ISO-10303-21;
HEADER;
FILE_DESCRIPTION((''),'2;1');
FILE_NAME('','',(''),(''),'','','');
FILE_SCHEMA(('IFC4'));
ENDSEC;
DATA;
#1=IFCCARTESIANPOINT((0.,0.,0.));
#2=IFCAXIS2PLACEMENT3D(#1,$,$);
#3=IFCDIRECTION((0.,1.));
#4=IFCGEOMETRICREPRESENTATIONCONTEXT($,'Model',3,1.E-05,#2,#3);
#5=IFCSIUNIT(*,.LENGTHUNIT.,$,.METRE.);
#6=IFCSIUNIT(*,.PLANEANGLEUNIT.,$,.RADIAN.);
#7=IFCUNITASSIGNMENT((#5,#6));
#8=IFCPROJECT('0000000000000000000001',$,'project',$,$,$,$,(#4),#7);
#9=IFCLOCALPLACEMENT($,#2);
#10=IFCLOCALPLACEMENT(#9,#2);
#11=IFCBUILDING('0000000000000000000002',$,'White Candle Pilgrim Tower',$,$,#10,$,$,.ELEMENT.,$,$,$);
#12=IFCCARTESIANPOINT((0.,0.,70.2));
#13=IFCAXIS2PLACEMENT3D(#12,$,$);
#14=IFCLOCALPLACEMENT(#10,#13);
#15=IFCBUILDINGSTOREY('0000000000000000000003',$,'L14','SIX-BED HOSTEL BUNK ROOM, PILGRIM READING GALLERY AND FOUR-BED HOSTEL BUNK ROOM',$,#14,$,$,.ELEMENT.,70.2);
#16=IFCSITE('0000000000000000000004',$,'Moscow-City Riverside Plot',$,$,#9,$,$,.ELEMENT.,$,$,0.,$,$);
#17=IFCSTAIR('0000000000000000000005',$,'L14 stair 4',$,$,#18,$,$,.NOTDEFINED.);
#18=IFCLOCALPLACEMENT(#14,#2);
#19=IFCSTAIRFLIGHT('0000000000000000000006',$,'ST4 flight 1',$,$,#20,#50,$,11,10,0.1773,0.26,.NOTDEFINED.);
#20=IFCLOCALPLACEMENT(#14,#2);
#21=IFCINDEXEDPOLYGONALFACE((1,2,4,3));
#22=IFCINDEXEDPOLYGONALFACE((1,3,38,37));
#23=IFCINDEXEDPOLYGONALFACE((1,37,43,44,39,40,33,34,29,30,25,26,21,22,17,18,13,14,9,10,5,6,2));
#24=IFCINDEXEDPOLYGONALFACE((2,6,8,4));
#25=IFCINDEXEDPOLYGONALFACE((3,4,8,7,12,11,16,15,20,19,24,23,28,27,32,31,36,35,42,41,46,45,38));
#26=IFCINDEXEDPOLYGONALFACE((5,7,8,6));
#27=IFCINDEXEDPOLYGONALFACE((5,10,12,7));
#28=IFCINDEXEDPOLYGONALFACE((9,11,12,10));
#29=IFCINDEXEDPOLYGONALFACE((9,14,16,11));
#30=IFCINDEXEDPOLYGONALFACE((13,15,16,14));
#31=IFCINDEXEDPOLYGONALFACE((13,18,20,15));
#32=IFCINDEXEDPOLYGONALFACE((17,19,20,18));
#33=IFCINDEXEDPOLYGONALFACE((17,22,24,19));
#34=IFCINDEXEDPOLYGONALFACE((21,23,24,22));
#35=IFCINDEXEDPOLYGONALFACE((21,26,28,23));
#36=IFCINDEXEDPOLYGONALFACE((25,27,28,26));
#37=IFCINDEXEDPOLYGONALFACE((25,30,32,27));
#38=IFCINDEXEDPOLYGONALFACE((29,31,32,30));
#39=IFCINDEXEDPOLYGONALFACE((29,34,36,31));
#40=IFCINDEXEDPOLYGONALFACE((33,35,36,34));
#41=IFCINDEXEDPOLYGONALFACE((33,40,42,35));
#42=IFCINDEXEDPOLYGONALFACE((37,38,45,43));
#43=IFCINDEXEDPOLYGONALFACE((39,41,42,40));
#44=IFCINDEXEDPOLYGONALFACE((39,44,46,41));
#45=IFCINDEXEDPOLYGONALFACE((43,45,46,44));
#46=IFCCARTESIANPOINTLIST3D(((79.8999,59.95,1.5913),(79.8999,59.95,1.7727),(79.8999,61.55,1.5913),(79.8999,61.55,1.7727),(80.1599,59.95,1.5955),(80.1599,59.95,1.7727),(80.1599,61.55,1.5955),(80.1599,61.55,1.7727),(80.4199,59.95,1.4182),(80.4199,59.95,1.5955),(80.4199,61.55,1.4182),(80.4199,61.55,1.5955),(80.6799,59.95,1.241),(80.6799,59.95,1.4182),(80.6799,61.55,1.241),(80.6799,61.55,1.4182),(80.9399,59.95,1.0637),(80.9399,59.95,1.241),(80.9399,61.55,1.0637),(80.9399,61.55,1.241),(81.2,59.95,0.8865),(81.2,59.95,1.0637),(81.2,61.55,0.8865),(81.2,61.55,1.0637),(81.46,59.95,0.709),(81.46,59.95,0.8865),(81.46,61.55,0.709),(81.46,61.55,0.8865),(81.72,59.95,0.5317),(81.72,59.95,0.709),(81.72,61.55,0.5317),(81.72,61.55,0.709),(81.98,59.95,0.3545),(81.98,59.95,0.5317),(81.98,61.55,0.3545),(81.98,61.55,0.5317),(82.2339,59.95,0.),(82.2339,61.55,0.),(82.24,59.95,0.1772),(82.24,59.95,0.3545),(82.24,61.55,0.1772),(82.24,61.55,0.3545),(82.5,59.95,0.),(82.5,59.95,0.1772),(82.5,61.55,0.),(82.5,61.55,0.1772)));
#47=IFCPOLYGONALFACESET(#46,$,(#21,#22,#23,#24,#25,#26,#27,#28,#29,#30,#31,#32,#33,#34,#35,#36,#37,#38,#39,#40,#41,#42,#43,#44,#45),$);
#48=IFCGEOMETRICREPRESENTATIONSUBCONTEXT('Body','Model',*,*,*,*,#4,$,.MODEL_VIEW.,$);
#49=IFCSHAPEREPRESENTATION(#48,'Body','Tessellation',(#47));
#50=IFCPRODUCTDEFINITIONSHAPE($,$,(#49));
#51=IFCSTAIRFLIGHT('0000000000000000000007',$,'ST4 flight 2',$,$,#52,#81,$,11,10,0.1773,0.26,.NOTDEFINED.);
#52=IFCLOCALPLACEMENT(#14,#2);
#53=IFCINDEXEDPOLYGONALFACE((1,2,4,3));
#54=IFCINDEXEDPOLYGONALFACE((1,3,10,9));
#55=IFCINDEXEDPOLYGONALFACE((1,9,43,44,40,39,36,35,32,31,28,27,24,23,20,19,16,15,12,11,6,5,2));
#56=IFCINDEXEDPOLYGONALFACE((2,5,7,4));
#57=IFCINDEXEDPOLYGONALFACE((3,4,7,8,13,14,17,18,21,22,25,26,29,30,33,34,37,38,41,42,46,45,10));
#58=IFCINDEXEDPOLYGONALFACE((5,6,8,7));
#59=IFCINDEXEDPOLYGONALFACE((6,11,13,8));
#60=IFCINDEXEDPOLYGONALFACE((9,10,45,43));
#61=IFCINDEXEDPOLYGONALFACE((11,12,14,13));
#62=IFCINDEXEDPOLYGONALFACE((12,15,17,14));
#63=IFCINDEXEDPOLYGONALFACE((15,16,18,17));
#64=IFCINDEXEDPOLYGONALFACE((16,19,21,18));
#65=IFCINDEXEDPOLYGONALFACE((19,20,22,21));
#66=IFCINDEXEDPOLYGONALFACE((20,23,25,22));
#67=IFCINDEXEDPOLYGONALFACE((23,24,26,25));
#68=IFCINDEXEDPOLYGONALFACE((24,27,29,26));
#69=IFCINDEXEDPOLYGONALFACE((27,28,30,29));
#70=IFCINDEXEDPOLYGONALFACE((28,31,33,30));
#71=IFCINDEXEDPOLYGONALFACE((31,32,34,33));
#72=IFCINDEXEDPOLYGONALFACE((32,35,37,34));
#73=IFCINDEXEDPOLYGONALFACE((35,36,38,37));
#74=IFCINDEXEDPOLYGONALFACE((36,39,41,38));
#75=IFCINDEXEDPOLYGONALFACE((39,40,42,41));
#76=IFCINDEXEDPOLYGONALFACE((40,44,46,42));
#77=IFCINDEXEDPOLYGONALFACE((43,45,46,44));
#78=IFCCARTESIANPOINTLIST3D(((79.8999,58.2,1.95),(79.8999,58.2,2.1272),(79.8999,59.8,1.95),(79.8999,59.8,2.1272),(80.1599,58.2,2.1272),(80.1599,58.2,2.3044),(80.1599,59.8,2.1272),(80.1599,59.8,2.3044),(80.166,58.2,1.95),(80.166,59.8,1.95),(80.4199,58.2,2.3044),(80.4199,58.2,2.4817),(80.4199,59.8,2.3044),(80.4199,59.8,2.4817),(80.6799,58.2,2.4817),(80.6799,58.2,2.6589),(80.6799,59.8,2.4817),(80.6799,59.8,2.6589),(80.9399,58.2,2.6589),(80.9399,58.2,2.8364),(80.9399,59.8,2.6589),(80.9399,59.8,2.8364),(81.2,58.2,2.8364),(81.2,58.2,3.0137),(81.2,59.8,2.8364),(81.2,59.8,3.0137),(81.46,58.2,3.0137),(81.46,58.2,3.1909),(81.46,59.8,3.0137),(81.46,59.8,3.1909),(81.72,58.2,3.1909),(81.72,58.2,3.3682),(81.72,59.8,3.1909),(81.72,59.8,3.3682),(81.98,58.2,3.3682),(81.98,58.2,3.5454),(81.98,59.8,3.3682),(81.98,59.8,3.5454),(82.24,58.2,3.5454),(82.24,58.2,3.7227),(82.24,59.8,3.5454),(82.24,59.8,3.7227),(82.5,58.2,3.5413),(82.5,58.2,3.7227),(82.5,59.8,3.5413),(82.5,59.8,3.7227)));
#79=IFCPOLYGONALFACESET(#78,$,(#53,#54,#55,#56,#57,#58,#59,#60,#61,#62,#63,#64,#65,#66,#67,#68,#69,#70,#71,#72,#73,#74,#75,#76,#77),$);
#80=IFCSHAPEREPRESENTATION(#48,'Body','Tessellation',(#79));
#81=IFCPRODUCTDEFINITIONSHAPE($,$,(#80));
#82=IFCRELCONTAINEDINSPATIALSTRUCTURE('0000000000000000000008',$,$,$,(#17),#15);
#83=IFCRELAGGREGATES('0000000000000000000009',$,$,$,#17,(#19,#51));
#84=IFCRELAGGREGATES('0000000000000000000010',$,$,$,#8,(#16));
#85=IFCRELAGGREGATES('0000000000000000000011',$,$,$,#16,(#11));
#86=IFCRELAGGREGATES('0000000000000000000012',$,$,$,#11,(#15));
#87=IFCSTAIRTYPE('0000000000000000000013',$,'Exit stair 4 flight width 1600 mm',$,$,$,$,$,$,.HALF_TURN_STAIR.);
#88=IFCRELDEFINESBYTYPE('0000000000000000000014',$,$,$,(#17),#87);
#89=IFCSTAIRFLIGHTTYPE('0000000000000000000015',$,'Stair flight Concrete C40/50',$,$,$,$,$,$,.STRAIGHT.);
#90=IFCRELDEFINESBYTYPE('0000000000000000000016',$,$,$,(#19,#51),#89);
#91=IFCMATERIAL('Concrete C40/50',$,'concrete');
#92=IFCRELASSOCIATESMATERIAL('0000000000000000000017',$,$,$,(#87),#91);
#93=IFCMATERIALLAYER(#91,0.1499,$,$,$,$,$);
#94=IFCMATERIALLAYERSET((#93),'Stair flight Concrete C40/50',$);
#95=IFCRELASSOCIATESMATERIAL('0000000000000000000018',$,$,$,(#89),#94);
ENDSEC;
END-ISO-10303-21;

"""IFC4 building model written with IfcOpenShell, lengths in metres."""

from ifc_helpers import new_model, si_unit, direction, frame, origin, place, context, subcontext, project, spatial, polyline, outline, extrude, material, layer, layer_set, type_object, element, aggregate, save


model = new_model("IFC4")

# Units and contexts
model_context = context("Model", 3, precision=1e-05, world=origin(), true_north=direction((0.0, 1.0)))
body_context = subcontext(model_context, "Body", "Model", "MODEL_VIEW")
ifc_project = project(units=[si_unit("LENGTHUNIT", "METRE"), si_unit("PLANEANGLEUNIT", "RADIAN")], contexts=[model_context])

# Site, building, storey
site_placement = place(None, origin())
site = spatial("IfcSite", under=ifc_project, at=site_placement, Name="Moscow-City Riverside Plot", CompositionType="ELEMENT", RefElevation=0.0)
building_placement = place(site_placement, origin())
building = spatial("IfcBuilding", under=site, at=building_placement, Name="White Candle Pilgrim Tower", CompositionType="ELEMENT")
storey_placement = place(building_placement, frame((0.0, 0.0, 70.2)))
storey = spatial("IfcBuildingStorey", under=building, at=storey_placement, Name="L14", Description="SIX-BED HOSTEL BUNK ROOM, PILGRIM READING GALLERY AND FOUR-BED HOSTEL BUNK ROOM", CompositionType="ELEMENT", Elevation=70.2)

# Stair, stair flights
ifc_material_1 = material(Name="Concrete C40/50", Category="concrete")
stair_type = type_object("IfcStairType", Name="Exit stair 4 flight width 1600 mm", PredefinedType="HALF_TURN_STAIR", material=ifc_material_1)
stair_placement = place(storey_placement, origin())
stair = element("IfcStair", 1, at=stair_placement, inside=storey, type_object=stair_type, Name="L14 stair 4", PredefinedType="NOTDEFINED")
ifc_layer_1 = layer(ifc_material_1, 0.1499)
ifc_layer_set_1 = layer_set([ifc_layer_1], Name="Stair flight Concrete C40/50")
stair_flight_type = type_object("IfcStairFlightType", Name="Stair flight Concrete C40/50", PredefinedType="STRAIGHT", material=ifc_layer_set_1)
stair_flight_1_placement = place(storey_placement, frame((82.5, 60.75, 0.0), z_axis=(0.0, 0.0, 1.0), x_axis=(-1.0, 0.0, 0.0)))
stair_flight_1 = element("IfcStairFlight", 2, at=stair_flight_1_placement, type_object=stair_flight_type, Name="ST4 flight 1", NumberOfRisers=11, NumberOfTreads=10, PredefinedType="NOTDEFINED", RiserHeight=0.1773, TreadLength=0.26, context=body_context, shape_type="SweptSolid", body=[
    extrude(outline(polyline([(0.0, 0.0), (0.0, 0.1772), (0.26, 0.1772), (0.26, 0.3545), (0.52, 0.3545), (0.52, 0.5317), (0.78, 0.5317), (0.78, 0.709), (1.04, 0.709), (1.04, 0.8865), (1.3, 0.8865), (1.3, 1.0637), (1.5601, 1.0637), (1.5601, 1.241), (1.8201, 1.241), (1.8201, 1.4182), (2.0801, 1.4182), (2.0801, 1.5955), (2.3401, 1.5955), (2.3401, 1.7727), (2.6001, 1.7727), (2.6001, 1.95), (2.6001, 1.5913), (0.2661, 0.0), (0.0, 0.0)])), frame((0.0, 0.8, 0.0), z_axis=(0.0, -1.0, 0.0), x_axis=(1.0, 0.0, 0.0)), (0.0, 0.0, 1.0), 1.6001),
])
stair_flight_2_placement = place(storey_placement, frame((79.8999, 59.0, 1.95), z_axis=(0.0, 0.0, 1.0), x_axis=(1.0, 0.0, 0.0)))
stair_flight_2 = element("IfcStairFlight", 3, at=stair_flight_2_placement, type_object=stair_flight_type, Name="ST4 flight 2", NumberOfRisers=11, NumberOfTreads=10, PredefinedType="NOTDEFINED", RiserHeight=0.1773, TreadLength=0.26, context=body_context, shape_type="SweptSolid", body=[
    extrude(outline(polyline([(0.0, 0.0), (0.0, 0.1772), (0.26, 0.1772), (0.26, 0.3545), (0.52, 0.3545), (0.52, 0.5317), (0.78, 0.5317), (0.78, 0.709), (1.04, 0.709), (1.04, 0.8865), (1.3, 0.8865), (1.3, 1.0637), (1.5601, 1.0637), (1.5601, 1.241), (1.8201, 1.241), (1.8201, 1.4182), (2.0801, 1.4182), (2.0801, 1.5955), (2.3401, 1.5955), (2.3401, 1.7727), (2.6001, 1.7727), (2.6001, 1.95), (2.6001, 1.5913), (0.2661, 0.0), (0.0, 0.0)])), frame((0.0, 0.8, 0.0), z_axis=(0.0, -1.0, 0.0), x_axis=(1.0, 0.0, 0.0)), (0.0, 0.0, 1.0), 1.6001),
])
aggregate(stair, [stair_flight_1, stair_flight_2])

save(model, "model.ifc")
